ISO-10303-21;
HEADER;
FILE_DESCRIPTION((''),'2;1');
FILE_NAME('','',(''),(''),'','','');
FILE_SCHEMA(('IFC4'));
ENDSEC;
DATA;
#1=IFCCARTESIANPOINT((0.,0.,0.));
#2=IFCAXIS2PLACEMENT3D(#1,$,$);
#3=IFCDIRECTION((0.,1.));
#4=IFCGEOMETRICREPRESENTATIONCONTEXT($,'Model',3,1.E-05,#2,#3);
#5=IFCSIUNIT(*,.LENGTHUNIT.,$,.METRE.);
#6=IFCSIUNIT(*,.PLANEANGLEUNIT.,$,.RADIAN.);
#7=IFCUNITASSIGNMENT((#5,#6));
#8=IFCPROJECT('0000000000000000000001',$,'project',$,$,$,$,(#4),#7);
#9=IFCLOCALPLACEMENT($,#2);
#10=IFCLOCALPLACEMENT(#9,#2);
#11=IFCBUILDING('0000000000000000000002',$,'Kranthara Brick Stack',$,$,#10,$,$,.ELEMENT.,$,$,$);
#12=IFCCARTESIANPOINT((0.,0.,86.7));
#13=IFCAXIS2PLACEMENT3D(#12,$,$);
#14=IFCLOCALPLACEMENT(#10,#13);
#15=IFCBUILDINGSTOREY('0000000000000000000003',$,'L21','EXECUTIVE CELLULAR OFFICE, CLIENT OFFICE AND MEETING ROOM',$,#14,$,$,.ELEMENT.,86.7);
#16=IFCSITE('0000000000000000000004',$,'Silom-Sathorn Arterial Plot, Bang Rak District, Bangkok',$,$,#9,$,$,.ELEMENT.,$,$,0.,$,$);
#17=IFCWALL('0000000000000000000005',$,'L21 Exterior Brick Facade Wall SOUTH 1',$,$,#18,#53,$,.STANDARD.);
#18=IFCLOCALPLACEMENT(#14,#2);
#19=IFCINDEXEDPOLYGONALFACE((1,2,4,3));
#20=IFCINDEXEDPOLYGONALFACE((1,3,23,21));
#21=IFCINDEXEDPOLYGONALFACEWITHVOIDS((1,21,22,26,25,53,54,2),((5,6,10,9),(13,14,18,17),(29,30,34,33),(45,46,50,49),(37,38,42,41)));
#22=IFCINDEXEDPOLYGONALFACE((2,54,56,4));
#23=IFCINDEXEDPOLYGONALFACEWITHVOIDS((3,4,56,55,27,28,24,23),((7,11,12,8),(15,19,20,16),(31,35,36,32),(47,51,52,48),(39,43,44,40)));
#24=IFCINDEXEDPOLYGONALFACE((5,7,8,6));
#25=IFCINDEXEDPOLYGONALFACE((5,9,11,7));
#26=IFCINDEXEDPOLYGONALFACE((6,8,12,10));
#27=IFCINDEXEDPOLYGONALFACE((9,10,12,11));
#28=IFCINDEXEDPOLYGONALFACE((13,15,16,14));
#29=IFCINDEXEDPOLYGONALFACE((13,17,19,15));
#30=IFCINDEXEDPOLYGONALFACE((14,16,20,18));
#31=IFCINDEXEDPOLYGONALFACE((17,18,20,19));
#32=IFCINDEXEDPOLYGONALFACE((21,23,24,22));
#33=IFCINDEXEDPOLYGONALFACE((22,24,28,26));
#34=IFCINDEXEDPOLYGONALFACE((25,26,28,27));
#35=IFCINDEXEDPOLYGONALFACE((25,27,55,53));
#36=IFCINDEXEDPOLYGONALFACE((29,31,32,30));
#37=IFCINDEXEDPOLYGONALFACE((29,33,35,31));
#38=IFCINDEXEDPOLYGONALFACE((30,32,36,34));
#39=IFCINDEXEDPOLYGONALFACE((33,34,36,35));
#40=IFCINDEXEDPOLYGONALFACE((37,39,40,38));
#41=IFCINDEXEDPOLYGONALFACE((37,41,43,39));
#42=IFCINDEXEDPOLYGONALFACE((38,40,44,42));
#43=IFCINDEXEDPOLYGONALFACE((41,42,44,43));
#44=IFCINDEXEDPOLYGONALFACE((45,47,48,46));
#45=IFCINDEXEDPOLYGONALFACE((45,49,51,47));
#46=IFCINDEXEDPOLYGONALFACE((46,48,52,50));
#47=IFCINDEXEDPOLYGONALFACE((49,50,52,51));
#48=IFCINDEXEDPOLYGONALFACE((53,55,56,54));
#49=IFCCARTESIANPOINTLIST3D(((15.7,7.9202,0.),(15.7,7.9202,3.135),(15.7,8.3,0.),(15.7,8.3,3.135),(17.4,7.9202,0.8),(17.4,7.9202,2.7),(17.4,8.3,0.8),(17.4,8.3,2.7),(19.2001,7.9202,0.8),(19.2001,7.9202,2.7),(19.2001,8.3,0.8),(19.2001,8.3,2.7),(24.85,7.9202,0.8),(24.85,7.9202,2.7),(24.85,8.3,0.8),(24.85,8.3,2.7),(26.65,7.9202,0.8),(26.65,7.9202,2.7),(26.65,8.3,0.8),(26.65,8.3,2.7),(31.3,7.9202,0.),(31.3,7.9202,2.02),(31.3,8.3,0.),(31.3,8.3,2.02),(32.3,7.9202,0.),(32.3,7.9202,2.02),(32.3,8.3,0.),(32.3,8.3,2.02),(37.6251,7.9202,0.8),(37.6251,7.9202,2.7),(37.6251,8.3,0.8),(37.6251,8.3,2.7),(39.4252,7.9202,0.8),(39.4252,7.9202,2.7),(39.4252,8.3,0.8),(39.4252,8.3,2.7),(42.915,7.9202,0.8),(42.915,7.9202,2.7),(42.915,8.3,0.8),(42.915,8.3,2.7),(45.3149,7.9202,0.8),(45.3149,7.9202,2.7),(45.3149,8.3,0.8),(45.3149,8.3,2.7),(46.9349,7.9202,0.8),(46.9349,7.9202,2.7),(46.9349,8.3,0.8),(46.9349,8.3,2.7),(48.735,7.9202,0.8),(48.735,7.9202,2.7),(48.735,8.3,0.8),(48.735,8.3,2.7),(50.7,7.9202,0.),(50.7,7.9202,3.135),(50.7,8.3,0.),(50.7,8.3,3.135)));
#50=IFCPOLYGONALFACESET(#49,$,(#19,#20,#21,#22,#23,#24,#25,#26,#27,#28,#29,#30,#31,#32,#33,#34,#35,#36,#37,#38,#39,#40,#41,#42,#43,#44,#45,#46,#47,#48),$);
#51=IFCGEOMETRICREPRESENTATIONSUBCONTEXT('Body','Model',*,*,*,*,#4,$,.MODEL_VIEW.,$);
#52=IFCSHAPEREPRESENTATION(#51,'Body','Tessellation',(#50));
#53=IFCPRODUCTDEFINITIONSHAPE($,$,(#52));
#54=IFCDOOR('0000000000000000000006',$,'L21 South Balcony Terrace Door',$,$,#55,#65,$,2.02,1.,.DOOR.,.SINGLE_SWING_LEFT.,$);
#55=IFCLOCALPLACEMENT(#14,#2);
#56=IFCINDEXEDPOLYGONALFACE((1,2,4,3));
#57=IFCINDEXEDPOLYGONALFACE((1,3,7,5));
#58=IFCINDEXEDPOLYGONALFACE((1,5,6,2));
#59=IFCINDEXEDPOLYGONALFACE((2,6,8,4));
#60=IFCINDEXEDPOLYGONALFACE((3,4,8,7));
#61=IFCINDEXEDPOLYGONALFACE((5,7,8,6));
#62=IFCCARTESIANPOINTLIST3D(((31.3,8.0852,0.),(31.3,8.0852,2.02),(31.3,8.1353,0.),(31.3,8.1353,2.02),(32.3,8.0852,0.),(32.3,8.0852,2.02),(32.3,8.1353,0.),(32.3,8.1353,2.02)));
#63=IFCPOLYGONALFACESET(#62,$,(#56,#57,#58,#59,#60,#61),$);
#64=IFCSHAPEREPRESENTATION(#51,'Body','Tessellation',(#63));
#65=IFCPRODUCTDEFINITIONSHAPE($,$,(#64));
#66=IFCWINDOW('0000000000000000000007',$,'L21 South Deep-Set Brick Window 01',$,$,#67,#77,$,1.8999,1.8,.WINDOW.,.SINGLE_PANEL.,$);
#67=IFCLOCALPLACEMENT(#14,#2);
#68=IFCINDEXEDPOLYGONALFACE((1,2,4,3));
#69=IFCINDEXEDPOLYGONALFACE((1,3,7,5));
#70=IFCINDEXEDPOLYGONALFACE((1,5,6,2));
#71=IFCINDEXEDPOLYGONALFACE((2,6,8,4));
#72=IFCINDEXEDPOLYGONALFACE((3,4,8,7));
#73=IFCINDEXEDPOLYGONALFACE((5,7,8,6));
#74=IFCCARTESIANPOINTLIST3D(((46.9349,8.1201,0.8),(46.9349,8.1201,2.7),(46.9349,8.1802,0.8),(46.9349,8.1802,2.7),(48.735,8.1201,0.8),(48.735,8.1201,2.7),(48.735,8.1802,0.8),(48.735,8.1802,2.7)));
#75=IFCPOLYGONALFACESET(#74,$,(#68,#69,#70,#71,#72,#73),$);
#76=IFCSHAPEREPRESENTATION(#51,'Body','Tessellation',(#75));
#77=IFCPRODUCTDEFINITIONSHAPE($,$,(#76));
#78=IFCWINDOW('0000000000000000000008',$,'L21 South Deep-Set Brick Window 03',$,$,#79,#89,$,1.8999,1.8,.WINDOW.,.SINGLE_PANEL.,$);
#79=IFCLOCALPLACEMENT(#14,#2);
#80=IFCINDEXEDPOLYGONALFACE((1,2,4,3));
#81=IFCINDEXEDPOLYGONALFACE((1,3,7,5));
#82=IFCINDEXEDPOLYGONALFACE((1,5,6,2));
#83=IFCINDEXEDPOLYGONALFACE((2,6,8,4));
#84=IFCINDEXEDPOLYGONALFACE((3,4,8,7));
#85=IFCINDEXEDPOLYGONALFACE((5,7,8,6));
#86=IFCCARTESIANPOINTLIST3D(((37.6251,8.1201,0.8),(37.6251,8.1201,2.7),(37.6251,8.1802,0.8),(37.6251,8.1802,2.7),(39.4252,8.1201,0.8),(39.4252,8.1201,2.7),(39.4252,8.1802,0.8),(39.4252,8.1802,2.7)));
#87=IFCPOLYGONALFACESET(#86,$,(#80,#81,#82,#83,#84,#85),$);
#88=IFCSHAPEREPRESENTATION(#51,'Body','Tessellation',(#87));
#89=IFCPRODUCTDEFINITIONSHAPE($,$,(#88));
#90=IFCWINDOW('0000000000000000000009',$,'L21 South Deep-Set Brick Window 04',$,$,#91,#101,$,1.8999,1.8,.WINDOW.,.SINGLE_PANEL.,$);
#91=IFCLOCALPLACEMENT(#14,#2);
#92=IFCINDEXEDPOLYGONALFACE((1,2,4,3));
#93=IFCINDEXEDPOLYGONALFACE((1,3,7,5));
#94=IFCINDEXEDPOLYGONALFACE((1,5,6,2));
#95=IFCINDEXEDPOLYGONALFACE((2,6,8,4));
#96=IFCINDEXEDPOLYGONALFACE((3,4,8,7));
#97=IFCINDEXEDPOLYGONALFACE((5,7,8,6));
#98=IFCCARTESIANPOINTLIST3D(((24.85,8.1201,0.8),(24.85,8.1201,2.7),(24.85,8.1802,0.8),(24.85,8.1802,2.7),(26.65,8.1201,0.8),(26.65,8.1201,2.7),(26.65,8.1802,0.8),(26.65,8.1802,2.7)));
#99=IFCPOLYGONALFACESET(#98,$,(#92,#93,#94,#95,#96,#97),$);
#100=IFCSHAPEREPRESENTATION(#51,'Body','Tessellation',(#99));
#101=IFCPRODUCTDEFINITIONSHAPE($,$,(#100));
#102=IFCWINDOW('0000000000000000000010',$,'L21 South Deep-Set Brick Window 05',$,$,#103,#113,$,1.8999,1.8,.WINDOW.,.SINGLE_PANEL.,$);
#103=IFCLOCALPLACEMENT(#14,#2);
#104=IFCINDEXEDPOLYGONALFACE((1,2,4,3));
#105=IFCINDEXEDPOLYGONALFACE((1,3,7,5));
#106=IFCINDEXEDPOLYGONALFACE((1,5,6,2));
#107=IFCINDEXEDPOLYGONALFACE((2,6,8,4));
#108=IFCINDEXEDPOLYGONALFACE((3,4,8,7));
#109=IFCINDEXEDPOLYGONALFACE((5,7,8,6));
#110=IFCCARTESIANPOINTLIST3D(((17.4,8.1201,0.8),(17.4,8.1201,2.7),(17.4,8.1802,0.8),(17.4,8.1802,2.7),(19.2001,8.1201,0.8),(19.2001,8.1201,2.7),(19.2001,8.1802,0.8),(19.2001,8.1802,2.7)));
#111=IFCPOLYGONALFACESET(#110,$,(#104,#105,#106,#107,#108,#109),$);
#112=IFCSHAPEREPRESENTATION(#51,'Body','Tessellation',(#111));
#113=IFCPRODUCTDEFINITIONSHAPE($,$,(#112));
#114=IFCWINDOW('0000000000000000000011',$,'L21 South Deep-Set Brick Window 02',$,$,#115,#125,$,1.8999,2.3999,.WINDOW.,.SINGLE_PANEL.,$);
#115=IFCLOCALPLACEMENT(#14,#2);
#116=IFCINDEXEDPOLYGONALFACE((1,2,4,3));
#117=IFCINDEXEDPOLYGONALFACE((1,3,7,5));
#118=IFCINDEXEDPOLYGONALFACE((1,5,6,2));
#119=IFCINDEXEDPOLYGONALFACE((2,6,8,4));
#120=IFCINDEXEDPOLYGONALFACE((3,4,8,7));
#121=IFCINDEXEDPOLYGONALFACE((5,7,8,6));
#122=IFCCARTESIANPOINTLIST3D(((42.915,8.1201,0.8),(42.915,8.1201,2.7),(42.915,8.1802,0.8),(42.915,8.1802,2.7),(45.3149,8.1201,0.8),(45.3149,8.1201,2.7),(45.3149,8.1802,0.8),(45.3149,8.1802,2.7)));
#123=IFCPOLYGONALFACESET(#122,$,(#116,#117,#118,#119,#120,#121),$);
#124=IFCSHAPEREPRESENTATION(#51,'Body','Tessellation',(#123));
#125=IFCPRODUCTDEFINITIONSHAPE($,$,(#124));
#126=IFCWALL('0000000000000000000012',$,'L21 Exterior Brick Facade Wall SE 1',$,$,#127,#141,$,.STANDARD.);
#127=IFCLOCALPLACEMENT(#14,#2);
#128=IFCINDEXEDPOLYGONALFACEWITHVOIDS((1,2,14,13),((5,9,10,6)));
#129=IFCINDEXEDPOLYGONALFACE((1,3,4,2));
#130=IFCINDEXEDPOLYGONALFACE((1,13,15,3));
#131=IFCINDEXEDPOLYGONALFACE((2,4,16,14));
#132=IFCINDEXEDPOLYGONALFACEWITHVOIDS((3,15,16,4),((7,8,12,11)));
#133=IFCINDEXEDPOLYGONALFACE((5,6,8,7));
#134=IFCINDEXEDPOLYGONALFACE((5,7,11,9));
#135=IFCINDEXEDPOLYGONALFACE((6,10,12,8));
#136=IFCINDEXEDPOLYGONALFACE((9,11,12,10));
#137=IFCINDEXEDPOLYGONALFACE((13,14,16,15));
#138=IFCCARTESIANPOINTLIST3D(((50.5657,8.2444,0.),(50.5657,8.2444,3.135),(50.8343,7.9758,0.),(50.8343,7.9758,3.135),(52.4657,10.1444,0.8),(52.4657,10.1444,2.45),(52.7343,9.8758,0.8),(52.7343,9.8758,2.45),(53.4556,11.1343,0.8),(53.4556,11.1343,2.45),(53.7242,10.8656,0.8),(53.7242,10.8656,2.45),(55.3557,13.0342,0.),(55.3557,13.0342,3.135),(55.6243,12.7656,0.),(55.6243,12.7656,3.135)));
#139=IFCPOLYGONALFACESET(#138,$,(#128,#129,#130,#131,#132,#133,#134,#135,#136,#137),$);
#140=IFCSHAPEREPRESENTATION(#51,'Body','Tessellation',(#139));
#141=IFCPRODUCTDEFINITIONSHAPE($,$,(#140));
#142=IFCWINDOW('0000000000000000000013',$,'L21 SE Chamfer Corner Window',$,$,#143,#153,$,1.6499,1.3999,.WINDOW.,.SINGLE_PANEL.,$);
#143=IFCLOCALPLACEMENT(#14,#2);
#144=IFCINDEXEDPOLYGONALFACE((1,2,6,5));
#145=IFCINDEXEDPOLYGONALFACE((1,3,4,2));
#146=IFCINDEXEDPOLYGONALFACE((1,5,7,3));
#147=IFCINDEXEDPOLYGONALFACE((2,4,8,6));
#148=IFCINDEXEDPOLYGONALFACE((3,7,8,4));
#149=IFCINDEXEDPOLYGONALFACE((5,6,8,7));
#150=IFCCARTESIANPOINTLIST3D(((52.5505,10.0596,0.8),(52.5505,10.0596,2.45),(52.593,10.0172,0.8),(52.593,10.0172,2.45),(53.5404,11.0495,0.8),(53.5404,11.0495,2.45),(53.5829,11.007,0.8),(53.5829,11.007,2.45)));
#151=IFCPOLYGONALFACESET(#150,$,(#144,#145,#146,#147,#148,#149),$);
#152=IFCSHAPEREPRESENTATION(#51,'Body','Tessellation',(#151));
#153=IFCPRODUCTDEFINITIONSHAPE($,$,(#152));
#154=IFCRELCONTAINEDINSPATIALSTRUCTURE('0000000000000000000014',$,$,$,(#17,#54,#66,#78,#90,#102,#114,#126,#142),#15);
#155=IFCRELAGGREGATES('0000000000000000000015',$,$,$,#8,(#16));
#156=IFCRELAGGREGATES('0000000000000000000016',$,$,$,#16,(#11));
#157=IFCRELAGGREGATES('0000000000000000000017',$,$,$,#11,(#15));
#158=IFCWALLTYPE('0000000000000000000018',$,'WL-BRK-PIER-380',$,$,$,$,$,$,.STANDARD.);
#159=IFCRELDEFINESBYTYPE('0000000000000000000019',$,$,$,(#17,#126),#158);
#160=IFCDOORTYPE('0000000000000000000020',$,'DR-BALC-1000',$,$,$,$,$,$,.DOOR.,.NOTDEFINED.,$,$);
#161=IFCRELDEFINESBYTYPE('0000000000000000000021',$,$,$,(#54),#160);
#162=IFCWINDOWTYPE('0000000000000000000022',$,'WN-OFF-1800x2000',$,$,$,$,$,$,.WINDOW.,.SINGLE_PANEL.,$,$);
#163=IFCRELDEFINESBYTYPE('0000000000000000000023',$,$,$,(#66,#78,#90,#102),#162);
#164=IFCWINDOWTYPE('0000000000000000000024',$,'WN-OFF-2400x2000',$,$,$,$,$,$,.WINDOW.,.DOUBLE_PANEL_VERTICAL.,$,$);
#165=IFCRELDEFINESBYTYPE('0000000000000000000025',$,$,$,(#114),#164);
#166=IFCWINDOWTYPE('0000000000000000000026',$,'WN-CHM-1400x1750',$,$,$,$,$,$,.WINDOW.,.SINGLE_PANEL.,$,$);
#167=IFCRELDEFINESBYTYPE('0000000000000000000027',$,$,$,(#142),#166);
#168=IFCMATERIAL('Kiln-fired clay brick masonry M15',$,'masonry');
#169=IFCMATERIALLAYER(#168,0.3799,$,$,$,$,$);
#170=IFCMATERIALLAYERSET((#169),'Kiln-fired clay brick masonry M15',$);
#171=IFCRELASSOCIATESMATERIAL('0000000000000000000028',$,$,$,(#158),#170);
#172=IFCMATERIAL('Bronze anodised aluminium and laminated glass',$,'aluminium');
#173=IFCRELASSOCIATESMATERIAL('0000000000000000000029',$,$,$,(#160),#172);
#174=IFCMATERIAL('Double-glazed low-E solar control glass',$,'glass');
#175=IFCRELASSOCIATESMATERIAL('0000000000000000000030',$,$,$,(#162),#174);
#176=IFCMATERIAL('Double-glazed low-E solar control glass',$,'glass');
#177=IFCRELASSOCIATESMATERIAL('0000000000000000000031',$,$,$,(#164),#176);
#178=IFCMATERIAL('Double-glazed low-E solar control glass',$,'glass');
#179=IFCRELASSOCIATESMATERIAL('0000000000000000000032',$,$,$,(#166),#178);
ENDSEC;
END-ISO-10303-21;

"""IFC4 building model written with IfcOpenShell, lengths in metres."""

from ifc_helpers import new_model, si_unit, direction, frame, frame_2d, origin, place, context, subcontext, project, spatial, rectangle, extrude, material, layer, layer_set, type_object, element, fill, save


model = new_model("IFC4")

# Units and contexts
model_context = context("Model", 3, precision=1e-05, world=origin(), true_north=direction((0.0, 1.0)))
body_context = subcontext(model_context, "Body", "Model", "MODEL_VIEW")
ifc_project = project(units=[si_unit("LENGTHUNIT", "METRE"), si_unit("PLANEANGLEUNIT", "RADIAN")], contexts=[model_context])

# Site, building, storey
site_placement = place(None, origin())
site = spatial("IfcSite", under=ifc_project, at=site_placement, Name="Silom-Sathorn Arterial Plot, Bang Rak District, Bangkok", CompositionType="ELEMENT", RefElevation=0.0)
building_placement = place(site_placement, origin())
building = spatial("IfcBuilding", under=site, at=building_placement, Name="Kranthara Brick Stack", CompositionType="ELEMENT")
storey_placement = place(building_placement, frame((0.0, 0.0, 86.7)))
storey = spatial("IfcBuildingStorey", under=building, at=storey_placement, Name="L21", Description="EXECUTIVE CELLULAR OFFICE, CLIENT OFFICE AND MEETING ROOM", CompositionType="ELEMENT", Elevation=86.7)

# Wall, openings, door, windows
ifc_material_1 = material(Name="Kiln-fired clay brick masonry M15", Category="masonry")
ifc_layer_1 = layer(ifc_material_1, 0.3799)
ifc_layer_set_1 = layer_set([ifc_layer_1], Name="Kiln-fired clay brick masonry M15")
wall_type_1 = type_object("IfcWallType", Name="WL-BRK-PIER-380", PredefinedType="STANDARD", material=ifc_layer_set_1)
wall_1_placement = place(storey_placement, frame((50.7, 8.1101, 0.0), z_axis=(0.0, 0.0, 1.0), x_axis=(-1.0, 0.0, 0.0)))
wall_1 = element("IfcWall", 1, at=wall_1_placement, inside=storey, type_object=wall_type_1, Name="L21 Exterior Brick Facade Wall SOUTH 1", PredefinedType="STANDARD", context=body_context, shape_type="SweptSolid", body=[
    extrude(rectangle(XDim=35.0, YDim=0.3799, at=frame_2d((17.5, 0.0))), origin(), (0.0, 0.0, 1.0), 3.135),
])
opening_1_placement = place(wall_1_placement, frame((18.3999, 0.0, 0.0)))
opening_1 = element("IfcOpeningElement", 2, at=opening_1_placement, cuts=wall_1, PredefinedType="OPENING", context=body_context, shape_type="SweptSolid", body=[
    extrude(rectangle(XDim=1.0, YDim=2.02, at=frame_2d((0.5, 1.01))), frame((0.0, 0.2, 0.0), z_axis=(0.0, -1.0, 0.0), x_axis=(1.0, 0.0, 0.0)), (0.0, 0.0, 1.0), 0.3999),
])
opening_2_placement = place(wall_1_placement, frame((1.9651, 0.0, 0.8)))
opening_2 = element("IfcOpeningElement", 3, at=opening_2_placement, cuts=wall_1, PredefinedType="OPENING", context=body_context, shape_type="SweptSolid", body=[
    extrude(rectangle(XDim=1.8, YDim=1.8999, at=frame_2d((0.8999, 0.95))), frame((0.0, 0.2, 0.0), z_axis=(0.0, -1.0, 0.0), x_axis=(1.0, 0.0, 0.0)), (0.0, 0.0, 1.0), 0.3999),
])
opening_3_placement = place(wall_1_placement, frame((5.385, 0.0, 0.8)))
opening_3 = element("IfcOpeningElement", 4, at=opening_3_placement, cuts=wall_1, PredefinedType="OPENING", context=body_context, shape_type="SweptSolid", body=[
    extrude(rectangle(XDim=2.3999, YDim=1.8999, at=frame_2d((1.2, 0.95))), frame((0.0, 0.2, 0.0), z_axis=(0.0, -1.0, 0.0), x_axis=(1.0, 0.0, 0.0)), (0.0, 0.0, 1.0), 0.3999),
])
opening_4_placement = place(wall_1_placement, frame((11.2749, 0.0, 0.8)))
opening_4 = element("IfcOpeningElement", 5, at=opening_4_placement, cuts=wall_1, PredefinedType="OPENING", context=body_context, shape_type="SweptSolid", body=[
    extrude(rectangle(XDim=1.8, YDim=1.8999, at=frame_2d((0.8999, 0.95))), frame((0.0, 0.2, 0.0), z_axis=(0.0, -1.0, 0.0), x_axis=(1.0, 0.0, 0.0)), (0.0, 0.0, 1.0), 0.3999),
])
opening_5_placement = place(wall_1_placement, frame((24.05, 0.0, 0.8)))
opening_5 = element("IfcOpeningElement", 6, at=opening_5_placement, cuts=wall_1, PredefinedType="OPENING", context=body_context, shape_type="SweptSolid", body=[
    extrude(rectangle(XDim=1.8, YDim=1.8999, at=frame_2d((0.8999, 0.95))), frame((0.0, 0.2, 0.0), z_axis=(0.0, -1.0, 0.0), x_axis=(1.0, 0.0, 0.0)), (0.0, 0.0, 1.0), 0.3999),
])
opening_6_placement = place(wall_1_placement, frame((31.5, 0.0, 0.8)))
opening_6 = element("IfcOpeningElement", 7, at=opening_6_placement, cuts=wall_1, PredefinedType="OPENING", context=body_context, shape_type="SweptSolid", body=[
    extrude(rectangle(XDim=1.8, YDim=1.8999, at=frame_2d((0.8999, 0.95))), frame((0.0, 0.2, 0.0), z_axis=(0.0, -1.0, 0.0), x_axis=(1.0, 0.0, 0.0)), (0.0, 0.0, 1.0), 0.3999),
])
ifc_material_2 = material(Name="Bronze anodised aluminium and laminated glass", Category="aluminium")
door_type_1 = type_object("IfcDoorType", Name="DR-BALC-1000", OperationType="NOTDEFINED", PredefinedType="DOOR", material=ifc_material_2)
door_1_placement = place(opening_1_placement, origin())
door_1 = element("IfcDoor", 8, at=door_1_placement, inside=storey, type_object=door_type_1, Name="L21 South Balcony Terrace Door", OperationType="SINGLE_SWING_LEFT", OverallHeight=2.02, OverallWidth=1.0, PredefinedType="DOOR", context=body_context, shape_type="SweptSolid", body=[
    extrude(rectangle(XDim=1.0, YDim=2.02, at=frame_2d((0.5, 1.01))), frame((0.0, 0.0249, 0.0), z_axis=(0.0, -1.0, 0.0), x_axis=(1.0, 0.0, 0.0)), (0.0, 0.0, 1.0), 0.05),
])
fill(opening_1, door_1)
ifc_material_3 = material(Name="Double-glazed low-E solar control glass", Category="glass")
window_type_1 = type_object("IfcWindowType", Name="WN-OFF-1800x2000", PartitioningType="SINGLE_PANEL", PredefinedType="WINDOW", material=ifc_material_3)
window_1_placement = place(opening_2_placement, origin())
window_1 = element("IfcWindow", 9, at=window_1_placement, inside=storey, type_object=window_type_1, Name="L21 South Deep-Set Brick Window 01", OverallHeight=1.8999, OverallWidth=1.8, PartitioningType="SINGLE_PANEL", PredefinedType="WINDOW", context=body_context, shape_type="SweptSolid", body=[
    extrude(rectangle(XDim=1.8, YDim=1.8999, at=frame_2d((0.8999, 0.95))), frame((0.0, -0.01, 0.0), z_axis=(0.0, -1.0, 0.0), x_axis=(1.0, 0.0, 0.0)), (0.0, 0.0, 1.0), 0.0601),
])
fill(opening_2, window_1)
window_2_placement = place(opening_4_placement, origin())
window_2 = element("IfcWindow", 10, at=window_2_placement, inside=storey, type_object=window_type_1, Name="L21 South Deep-Set Brick Window 03", OverallHeight=1.8999, OverallWidth=1.8, PartitioningType="SINGLE_PANEL", PredefinedType="WINDOW", context=body_context, shape_type="SweptSolid", body=[
    extrude(rectangle(XDim=1.8, YDim=1.8999, at=frame_2d((0.8999, 0.95))), frame((0.0, -0.01, 0.0), z_axis=(0.0, -1.0, 0.0), x_axis=(1.0, 0.0, 0.0)), (0.0, 0.0, 1.0), 0.0601),
])
fill(opening_4, window_2)
window_3_placement = place(opening_5_placement, origin())
window_3 = element("IfcWindow", 11, at=window_3_placement, inside=storey, type_object=window_type_1, Name="L21 South Deep-Set Brick Window 04", OverallHeight=1.8999, OverallWidth=1.8, PartitioningType="SINGLE_PANEL", PredefinedType="WINDOW", context=body_context, shape_type="SweptSolid", body=[
    extrude(rectangle(XDim=1.8, YDim=1.8999, at=frame_2d((0.8999, 0.95))), frame((0.0, -0.01, 0.0), z_axis=(0.0, -1.0, 0.0), x_axis=(1.0, 0.0, 0.0)), (0.0, 0.0, 1.0), 0.0601),
])
fill(opening_5, window_3)
window_4_placement = place(opening_6_placement, origin())
window_4 = element("IfcWindow", 12, at=window_4_placement, inside=storey, type_object=window_type_1, Name="L21 South Deep-Set Brick Window 05", OverallHeight=1.8999, OverallWidth=1.8, PartitioningType="SINGLE_PANEL", PredefinedType="WINDOW", context=body_context, shape_type="SweptSolid", body=[
    extrude(rectangle(XDim=1.8, YDim=1.8999, at=frame_2d((0.8999, 0.95))), frame((0.0, -0.01, 0.0), z_axis=(0.0, -1.0, 0.0), x_axis=(1.0, 0.0, 0.0)), (0.0, 0.0, 1.0), 0.0601),
])
fill(opening_6, window_4)
ifc_material_4 = material(Name="Double-glazed low-E solar control glass", Category="glass")
window_type_2 = type_object("IfcWindowType", Name="WN-OFF-2400x2000", PartitioningType="DOUBLE_PANEL_VERTICAL", PredefinedType="WINDOW", material=ifc_material_4)
window_5_placement = place(opening_3_placement, origin())
window_5 = element("IfcWindow", 13, at=window_5_placement, inside=storey, type_object=window_type_2, Name="L21 South Deep-Set Brick Window 02", OverallHeight=1.8999, OverallWidth=2.3999, PartitioningType="SINGLE_PANEL", PredefinedType="WINDOW", context=body_context, shape_type="SweptSolid", body=[
    extrude(rectangle(XDim=2.3999, YDim=1.8999, at=frame_2d((1.2, 0.95))), frame((0.0, -0.01, 0.0), z_axis=(0.0, -1.0, 0.0), x_axis=(1.0, 0.0, 0.0)), (0.0, 0.0, 1.0), 0.0601),
])
fill(opening_3, window_5)

# Wall, opening, window
wall_2_placement = place(storey_placement, frame((55.49, 12.8999, 0.0), z_axis=(0.0, 0.0, 1.0), x_axis=(-0.707125, -0.707089, 0.0)))
wall_2 = element("IfcWall", 14, at=wall_2_placement, inside=storey, type_object=wall_type_1, Name="L21 Exterior Brick Facade Wall SE 1", PredefinedType="STANDARD", context=body_context, shape_type="SweptSolid", body=[
    extrude(rectangle(XDim=6.7739, YDim=0.3799, at=frame_2d((3.387, 0.0))), origin(), (0.0, 0.0, 1.0), 3.135),
])
opening_7_placement = place(wall_2_placement, frame((2.687, 0.0, 0.8)))
opening_7 = element("IfcOpeningElement", 15, at=opening_7_placement, cuts=wall_2, PredefinedType="OPENING", context=body_context, shape_type="SweptSolid", body=[
    extrude(rectangle(XDim=1.3999, YDim=1.6499, at=frame_2d((0.7, 0.825))), frame((0.0, 0.2, 0.0), z_axis=(0.0, -1.0, 0.0), x_axis=(1.0, 0.0, 0.0)), (0.0, 0.0, 1.0), 0.3999),
])
ifc_material_5 = material(Name="Double-glazed low-E solar control glass", Category="glass")
window_type_3 = type_object("IfcWindowType", Name="WN-CHM-1400x1750", PartitioningType="SINGLE_PANEL", PredefinedType="WINDOW", material=ifc_material_5)
window_6_placement = place(opening_7_placement, origin())
window_6 = element("IfcWindow", 16, at=window_6_placement, inside=storey, type_object=window_type_3, Name="L21 SE Chamfer Corner Window", OverallHeight=1.6499, OverallWidth=1.3999, PartitioningType="SINGLE_PANEL", PredefinedType="WINDOW", context=body_context, shape_type="SweptSolid", body=[
    extrude(rectangle(XDim=1.3999, YDim=1.6499, at=frame_2d((0.7, 0.825))), frame((0.0, -0.01, 0.0), z_axis=(0.0, -1.0, 0.0), x_axis=(1.0, 0.0, 0.0)), (0.0, 0.0, 1.0), 0.0601),
])
fill(opening_7, window_6)

save(model, "model.ifc")
